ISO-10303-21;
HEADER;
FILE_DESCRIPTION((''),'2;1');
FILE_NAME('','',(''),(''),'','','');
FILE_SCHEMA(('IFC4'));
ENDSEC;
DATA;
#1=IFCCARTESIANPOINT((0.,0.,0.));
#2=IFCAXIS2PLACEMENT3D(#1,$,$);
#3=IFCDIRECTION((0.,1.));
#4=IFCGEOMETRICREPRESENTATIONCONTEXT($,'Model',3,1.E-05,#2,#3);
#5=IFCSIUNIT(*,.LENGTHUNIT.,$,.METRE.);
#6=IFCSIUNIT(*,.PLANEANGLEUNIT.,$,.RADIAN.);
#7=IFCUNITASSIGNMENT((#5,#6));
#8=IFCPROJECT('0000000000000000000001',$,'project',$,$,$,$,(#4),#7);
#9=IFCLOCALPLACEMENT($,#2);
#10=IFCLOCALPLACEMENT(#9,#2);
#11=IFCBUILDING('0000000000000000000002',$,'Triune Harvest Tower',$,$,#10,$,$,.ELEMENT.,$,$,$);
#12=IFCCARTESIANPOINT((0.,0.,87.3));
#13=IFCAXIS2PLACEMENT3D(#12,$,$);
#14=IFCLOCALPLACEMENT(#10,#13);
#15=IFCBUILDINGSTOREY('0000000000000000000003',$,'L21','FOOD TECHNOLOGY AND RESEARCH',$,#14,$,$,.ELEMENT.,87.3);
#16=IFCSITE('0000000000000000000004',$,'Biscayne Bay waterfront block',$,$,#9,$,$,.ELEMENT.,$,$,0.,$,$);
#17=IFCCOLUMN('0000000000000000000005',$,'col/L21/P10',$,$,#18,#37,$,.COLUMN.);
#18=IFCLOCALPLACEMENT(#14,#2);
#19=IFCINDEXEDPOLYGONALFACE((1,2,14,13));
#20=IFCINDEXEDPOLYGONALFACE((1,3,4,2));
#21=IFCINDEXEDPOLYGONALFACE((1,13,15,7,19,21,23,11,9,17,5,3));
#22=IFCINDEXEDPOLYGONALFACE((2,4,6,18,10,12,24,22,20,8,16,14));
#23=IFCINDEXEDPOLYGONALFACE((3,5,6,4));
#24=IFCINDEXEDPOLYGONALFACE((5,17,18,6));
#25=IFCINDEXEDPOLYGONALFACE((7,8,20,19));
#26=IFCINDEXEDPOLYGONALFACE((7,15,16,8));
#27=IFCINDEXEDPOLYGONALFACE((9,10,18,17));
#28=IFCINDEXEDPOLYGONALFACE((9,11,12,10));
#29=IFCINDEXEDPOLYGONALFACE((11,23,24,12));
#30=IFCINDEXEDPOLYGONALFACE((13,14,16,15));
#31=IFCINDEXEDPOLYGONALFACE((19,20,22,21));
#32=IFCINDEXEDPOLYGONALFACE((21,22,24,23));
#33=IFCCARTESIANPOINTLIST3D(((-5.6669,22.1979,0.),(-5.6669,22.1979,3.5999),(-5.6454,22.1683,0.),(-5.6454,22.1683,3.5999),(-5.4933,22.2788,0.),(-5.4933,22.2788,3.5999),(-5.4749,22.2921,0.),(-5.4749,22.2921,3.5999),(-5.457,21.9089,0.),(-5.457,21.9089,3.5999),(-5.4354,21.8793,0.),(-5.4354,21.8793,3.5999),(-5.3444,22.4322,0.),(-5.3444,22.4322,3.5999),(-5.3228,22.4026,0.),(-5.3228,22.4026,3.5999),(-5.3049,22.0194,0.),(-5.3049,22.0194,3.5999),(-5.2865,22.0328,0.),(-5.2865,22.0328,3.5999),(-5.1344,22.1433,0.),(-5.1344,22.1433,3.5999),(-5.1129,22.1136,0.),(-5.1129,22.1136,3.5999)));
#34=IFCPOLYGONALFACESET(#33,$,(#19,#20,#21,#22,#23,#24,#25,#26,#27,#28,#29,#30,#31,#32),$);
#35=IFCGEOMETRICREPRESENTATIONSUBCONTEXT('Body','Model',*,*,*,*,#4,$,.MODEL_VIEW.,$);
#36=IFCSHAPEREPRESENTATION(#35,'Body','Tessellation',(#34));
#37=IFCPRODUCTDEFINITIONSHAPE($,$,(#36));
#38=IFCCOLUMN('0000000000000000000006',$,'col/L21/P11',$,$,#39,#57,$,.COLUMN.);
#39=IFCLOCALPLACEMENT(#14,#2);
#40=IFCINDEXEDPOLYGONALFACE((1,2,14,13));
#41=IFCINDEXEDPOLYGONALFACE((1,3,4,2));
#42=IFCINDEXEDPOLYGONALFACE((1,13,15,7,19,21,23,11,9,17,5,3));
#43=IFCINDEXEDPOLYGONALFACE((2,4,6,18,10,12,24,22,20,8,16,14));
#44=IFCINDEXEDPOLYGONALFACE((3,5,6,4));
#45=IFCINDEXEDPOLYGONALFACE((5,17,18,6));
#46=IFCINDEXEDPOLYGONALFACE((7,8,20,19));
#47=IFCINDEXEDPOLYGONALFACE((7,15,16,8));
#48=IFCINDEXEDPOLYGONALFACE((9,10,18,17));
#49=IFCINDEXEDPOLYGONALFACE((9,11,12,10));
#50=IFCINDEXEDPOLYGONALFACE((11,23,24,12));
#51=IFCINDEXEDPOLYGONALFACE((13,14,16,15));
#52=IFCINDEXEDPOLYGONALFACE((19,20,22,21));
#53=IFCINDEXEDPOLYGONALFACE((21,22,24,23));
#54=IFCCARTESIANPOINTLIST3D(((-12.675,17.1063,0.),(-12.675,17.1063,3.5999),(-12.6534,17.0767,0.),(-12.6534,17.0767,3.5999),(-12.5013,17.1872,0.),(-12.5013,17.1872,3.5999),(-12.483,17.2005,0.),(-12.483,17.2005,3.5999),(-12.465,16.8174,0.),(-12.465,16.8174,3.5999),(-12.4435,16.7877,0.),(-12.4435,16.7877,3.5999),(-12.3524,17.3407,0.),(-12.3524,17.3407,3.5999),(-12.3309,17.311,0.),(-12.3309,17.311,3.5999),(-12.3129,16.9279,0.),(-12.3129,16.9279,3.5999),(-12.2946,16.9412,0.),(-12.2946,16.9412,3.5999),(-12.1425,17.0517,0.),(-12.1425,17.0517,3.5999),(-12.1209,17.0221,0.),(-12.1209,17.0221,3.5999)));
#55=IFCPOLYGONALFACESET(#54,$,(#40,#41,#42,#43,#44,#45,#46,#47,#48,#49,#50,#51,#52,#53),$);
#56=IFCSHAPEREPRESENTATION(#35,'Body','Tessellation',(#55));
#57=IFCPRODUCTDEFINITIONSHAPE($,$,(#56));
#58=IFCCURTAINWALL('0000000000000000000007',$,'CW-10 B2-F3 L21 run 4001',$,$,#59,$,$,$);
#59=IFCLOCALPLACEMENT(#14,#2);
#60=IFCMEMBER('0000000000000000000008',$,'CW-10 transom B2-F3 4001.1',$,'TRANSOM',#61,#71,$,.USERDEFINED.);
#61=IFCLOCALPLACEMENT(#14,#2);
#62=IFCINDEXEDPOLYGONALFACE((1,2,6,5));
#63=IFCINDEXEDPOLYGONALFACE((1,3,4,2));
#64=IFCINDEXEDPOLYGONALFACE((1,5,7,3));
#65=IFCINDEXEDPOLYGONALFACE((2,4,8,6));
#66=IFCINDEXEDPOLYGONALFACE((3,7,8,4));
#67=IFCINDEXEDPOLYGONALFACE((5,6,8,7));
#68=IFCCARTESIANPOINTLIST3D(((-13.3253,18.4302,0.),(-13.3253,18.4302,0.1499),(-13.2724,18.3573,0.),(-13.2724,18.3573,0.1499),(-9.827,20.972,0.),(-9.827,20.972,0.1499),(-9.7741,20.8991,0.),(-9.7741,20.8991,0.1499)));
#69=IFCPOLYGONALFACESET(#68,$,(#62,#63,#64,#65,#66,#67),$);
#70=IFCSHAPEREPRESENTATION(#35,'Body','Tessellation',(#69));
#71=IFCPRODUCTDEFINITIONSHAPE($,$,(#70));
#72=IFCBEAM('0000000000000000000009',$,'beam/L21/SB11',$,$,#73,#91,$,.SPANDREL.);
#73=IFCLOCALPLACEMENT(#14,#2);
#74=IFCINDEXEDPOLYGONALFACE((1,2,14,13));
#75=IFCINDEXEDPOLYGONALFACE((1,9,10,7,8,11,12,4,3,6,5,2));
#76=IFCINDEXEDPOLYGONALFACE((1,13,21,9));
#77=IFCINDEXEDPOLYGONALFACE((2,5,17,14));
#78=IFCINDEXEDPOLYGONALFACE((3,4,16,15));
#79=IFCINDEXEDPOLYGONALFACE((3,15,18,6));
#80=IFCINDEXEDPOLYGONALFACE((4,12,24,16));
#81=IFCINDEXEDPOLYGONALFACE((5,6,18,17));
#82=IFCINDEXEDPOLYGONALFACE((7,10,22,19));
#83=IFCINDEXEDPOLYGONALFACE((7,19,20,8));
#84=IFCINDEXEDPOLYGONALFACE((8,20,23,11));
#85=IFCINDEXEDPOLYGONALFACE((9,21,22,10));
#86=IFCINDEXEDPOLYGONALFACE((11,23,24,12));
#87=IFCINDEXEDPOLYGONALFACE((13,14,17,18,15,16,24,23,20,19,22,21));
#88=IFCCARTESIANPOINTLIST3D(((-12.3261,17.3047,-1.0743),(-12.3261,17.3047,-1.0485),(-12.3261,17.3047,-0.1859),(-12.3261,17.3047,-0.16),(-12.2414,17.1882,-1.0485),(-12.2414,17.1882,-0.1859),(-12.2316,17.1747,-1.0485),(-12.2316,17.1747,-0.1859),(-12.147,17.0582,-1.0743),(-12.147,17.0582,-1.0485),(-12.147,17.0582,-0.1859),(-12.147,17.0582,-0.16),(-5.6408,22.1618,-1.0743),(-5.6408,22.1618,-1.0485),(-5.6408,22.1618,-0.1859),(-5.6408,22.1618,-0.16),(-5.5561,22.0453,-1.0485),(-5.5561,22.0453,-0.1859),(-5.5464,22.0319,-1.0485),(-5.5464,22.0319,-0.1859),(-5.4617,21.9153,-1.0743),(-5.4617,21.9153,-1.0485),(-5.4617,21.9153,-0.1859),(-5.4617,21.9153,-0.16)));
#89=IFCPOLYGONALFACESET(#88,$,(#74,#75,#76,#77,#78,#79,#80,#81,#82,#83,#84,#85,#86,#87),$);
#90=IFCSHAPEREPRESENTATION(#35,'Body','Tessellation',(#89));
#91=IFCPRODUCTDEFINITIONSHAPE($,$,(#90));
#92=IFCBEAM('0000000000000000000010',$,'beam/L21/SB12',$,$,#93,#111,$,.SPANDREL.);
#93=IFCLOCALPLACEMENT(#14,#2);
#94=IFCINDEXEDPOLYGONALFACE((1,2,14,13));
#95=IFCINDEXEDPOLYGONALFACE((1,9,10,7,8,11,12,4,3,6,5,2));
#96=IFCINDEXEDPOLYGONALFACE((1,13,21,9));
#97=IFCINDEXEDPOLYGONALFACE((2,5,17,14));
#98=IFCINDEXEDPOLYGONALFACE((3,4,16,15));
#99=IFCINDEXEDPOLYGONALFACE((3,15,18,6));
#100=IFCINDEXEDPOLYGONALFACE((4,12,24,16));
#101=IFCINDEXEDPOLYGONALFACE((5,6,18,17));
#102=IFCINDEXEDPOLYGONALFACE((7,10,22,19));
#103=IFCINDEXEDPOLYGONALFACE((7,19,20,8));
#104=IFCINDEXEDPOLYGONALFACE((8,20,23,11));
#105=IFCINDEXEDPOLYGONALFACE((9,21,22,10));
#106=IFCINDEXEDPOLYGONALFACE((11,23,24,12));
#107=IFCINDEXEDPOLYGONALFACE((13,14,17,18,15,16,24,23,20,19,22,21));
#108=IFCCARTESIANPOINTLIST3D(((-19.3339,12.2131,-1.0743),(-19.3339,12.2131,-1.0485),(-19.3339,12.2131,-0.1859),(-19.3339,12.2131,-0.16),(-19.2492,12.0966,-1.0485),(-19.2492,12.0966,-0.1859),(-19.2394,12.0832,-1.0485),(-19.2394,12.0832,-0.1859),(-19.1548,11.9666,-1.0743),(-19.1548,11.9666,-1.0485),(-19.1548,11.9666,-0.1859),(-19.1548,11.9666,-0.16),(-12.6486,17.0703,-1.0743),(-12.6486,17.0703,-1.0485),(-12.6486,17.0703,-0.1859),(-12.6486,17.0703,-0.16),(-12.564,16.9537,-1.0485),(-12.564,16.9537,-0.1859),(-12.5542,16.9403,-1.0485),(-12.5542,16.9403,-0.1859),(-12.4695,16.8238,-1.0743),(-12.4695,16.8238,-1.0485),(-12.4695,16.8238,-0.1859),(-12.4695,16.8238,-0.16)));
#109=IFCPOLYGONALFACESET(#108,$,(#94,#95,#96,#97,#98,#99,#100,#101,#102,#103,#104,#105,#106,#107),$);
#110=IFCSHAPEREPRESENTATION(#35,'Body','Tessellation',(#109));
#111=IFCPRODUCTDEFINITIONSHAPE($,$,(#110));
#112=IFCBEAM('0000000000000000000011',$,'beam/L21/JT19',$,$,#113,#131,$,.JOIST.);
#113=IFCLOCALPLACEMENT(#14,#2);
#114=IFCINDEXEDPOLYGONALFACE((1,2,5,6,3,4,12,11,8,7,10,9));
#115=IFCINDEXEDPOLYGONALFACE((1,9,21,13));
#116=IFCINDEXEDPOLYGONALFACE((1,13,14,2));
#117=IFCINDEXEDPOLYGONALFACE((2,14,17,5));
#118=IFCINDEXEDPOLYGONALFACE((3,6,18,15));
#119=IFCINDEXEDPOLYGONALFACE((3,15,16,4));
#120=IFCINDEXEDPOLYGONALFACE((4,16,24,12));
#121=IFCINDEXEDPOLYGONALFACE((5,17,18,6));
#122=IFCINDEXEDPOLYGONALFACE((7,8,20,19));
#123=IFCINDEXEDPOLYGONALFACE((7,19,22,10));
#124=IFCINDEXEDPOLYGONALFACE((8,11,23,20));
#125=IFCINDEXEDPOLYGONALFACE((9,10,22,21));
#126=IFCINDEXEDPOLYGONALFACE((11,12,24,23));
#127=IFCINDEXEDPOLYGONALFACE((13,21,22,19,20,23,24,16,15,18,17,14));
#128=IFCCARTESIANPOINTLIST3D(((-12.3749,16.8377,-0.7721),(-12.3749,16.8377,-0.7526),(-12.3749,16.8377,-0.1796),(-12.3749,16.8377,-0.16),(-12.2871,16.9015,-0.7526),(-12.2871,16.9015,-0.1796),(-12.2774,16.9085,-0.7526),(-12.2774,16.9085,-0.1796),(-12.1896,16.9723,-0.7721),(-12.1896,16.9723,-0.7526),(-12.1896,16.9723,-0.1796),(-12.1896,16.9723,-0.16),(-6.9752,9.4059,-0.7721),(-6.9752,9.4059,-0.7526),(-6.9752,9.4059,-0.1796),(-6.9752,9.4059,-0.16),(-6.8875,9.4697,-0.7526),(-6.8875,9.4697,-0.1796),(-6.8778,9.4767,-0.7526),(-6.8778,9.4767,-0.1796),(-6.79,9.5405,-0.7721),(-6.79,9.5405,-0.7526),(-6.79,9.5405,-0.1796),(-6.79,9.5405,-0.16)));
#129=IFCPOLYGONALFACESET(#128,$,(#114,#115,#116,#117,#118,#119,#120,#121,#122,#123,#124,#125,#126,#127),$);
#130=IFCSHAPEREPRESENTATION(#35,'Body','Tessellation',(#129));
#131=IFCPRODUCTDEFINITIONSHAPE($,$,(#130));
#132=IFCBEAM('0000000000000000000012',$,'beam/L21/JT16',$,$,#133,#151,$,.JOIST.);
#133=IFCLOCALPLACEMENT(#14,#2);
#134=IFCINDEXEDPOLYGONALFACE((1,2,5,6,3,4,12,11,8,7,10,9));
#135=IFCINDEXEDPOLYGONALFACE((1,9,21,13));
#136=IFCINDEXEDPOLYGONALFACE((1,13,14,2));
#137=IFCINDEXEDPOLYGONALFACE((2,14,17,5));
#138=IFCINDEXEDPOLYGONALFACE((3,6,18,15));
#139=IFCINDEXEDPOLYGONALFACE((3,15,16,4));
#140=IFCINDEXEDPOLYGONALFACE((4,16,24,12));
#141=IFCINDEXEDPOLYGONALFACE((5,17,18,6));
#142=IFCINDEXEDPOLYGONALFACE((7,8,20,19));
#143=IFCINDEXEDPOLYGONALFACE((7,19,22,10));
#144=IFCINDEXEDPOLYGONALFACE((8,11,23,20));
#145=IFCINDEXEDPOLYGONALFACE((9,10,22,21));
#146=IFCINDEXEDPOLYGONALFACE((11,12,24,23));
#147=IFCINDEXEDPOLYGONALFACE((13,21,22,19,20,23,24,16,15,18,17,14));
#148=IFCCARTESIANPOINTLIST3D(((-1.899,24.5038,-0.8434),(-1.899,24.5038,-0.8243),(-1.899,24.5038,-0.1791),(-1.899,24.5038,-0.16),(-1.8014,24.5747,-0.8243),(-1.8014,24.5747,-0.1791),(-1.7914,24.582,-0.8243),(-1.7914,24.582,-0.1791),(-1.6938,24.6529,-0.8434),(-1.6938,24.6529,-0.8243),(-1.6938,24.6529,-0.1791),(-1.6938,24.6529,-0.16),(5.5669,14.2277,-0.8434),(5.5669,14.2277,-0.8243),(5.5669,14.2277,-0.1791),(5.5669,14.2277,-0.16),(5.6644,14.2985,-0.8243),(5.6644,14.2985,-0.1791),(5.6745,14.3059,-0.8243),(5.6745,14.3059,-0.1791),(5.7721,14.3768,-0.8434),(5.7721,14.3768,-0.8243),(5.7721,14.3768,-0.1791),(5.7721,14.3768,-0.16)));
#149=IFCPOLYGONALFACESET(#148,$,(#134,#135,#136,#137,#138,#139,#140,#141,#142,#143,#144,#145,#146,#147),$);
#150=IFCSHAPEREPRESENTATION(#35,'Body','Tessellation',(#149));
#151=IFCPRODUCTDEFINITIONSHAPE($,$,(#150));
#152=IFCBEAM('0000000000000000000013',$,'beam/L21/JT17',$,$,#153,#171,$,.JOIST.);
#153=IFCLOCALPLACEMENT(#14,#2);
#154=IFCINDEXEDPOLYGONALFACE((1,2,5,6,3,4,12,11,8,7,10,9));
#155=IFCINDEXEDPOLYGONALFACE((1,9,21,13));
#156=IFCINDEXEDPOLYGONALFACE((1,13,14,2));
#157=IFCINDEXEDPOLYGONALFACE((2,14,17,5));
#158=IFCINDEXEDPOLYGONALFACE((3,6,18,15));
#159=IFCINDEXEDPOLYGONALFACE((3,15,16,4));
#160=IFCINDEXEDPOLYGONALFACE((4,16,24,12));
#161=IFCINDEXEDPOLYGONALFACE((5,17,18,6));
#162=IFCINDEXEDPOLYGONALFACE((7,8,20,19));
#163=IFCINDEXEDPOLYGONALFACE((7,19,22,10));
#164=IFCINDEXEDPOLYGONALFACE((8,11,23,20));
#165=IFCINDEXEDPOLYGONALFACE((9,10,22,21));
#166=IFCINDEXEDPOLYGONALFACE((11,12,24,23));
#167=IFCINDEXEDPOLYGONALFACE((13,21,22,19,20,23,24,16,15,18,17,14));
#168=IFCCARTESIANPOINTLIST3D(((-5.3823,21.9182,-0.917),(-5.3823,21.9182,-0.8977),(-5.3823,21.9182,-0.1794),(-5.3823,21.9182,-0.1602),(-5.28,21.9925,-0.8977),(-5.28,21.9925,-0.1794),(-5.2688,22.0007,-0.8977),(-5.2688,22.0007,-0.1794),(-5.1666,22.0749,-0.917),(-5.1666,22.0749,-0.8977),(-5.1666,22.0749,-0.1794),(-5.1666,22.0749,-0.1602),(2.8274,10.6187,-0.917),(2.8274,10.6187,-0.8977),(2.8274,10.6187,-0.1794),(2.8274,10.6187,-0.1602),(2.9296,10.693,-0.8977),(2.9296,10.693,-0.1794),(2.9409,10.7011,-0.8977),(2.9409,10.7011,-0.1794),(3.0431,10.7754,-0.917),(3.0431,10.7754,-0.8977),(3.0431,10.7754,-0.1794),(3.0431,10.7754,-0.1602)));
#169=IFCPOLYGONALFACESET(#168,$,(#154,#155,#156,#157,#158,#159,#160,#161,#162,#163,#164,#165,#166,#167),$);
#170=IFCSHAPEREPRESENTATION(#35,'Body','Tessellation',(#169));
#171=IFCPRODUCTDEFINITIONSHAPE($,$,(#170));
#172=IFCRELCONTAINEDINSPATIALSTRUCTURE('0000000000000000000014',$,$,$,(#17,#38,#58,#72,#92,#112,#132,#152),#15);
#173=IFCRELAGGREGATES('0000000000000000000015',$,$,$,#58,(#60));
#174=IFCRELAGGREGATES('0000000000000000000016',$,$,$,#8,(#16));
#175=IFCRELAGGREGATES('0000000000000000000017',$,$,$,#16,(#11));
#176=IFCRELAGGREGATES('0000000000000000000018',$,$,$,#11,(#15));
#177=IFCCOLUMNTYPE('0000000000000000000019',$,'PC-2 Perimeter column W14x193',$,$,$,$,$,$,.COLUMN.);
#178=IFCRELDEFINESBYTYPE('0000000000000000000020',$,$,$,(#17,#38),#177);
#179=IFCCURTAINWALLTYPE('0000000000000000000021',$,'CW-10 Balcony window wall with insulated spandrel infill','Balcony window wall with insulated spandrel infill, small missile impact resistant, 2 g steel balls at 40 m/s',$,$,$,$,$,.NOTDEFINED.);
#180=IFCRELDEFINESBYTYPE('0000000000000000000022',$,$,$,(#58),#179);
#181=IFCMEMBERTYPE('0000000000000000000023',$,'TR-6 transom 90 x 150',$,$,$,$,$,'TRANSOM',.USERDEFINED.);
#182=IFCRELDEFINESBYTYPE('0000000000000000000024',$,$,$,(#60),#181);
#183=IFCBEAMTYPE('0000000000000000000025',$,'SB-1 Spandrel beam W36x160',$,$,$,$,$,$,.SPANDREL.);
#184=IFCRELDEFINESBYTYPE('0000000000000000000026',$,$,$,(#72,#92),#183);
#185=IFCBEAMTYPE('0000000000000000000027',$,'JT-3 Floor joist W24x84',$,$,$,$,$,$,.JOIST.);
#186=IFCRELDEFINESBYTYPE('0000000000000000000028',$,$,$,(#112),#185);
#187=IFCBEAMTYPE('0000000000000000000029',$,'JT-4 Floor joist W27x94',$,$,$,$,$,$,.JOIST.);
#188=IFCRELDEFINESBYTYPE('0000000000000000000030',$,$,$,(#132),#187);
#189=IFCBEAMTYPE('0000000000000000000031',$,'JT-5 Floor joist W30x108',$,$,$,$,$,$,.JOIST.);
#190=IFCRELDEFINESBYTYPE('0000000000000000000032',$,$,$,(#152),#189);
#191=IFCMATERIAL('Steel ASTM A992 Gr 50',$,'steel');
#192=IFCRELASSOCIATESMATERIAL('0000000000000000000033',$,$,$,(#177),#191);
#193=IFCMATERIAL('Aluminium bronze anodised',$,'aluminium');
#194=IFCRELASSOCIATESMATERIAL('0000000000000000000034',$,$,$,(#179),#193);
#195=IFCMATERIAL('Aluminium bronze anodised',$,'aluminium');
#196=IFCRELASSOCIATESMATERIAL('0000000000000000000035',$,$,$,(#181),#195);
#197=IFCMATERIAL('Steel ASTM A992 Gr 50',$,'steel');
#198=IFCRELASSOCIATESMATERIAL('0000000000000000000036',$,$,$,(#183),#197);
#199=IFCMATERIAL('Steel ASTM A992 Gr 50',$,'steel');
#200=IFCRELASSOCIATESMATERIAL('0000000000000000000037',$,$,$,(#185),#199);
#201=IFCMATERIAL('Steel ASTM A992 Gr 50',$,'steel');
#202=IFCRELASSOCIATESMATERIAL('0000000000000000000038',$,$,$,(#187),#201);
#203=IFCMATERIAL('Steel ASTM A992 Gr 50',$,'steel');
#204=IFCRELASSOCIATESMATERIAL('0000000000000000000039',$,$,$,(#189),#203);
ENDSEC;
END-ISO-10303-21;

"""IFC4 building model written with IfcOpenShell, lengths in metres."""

from ifc_helpers import new_model, si_unit, direction, frame, origin, origin_2d, place, context, subcontext, project, spatial, rectangle, i_section, extrude, source, transform, mapped, material, material_profile, profile_set, type_object, element, aggregate, save


model = new_model("IFC4")

# Units and contexts
model_context = context("Model", 3, precision=1e-05, world=origin(), true_north=direction((0.0, 1.0)))
body_context = subcontext(model_context, "Body", "Model", "MODEL_VIEW")
ifc_project = project(units=[si_unit("LENGTHUNIT", "METRE"), si_unit("PLANEANGLEUNIT", "RADIAN")], contexts=[model_context])

# Site, building, storey
site_placement = place(None, origin())
site = spatial("IfcSite", under=ifc_project, at=site_placement, Name="Biscayne Bay waterfront block", CompositionType="ELEMENT", RefElevation=0.0)
building_placement = place(site_placement, origin())
building = spatial("IfcBuilding", under=site, at=building_placement, Name="Triune Harvest Tower", CompositionType="ELEMENT")
storey_placement = place(building_placement, frame((0.0, 0.0, 87.3)))
storey = spatial("IfcBuildingStorey", under=building, at=storey_placement, Name="L21", Description="FOOD TECHNOLOGY AND RESEARCH", CompositionType="ELEMENT", Elevation=87.3)

# Columns
ifc_material_1 = material(Name="Steel ASTM A992 Gr 50", Category="steel")
ifc_material_profile_1 = material_profile(ifc_material_1, i_section(OverallWidth=0.3987, OverallDepth=0.3938, WebThickness=0.0227, FlangeThickness=0.0366, at=origin_2d()), Name="W14x193")
ifc_profile_set_1 = profile_set([ifc_material_profile_1], Name="Steel ASTM A992 Gr 50")
column_type = type_object("IfcColumnType", Name="PC-2 Perimeter column W14x193", PredefinedType="COLUMN", material=ifc_profile_set_1)
shared_shape_1 = source(origin(), body_context, "Body", "SweptSolid", [
    extrude(i_section(OverallWidth=0.3987, OverallDepth=0.3938, WebThickness=0.0227, FlangeThickness=0.0366, at=origin_2d()), origin(), (0.0, 0.0, 1.0), 3.5999),
])
for number, where, z_axis, x_axis, name in (
    (1, (-5.3899, 22.1558, 0.0), (0.0, 0.0, 1.0), (-0.809017, -0.587785, 0.0), "col/L21/P10"),
    (2, (-12.3979, 17.0642, 0.0), (0.0, 0.0, 1.0), (-0.809017, -0.587785, 0.0), "col/L21/P11"),
):
    element("IfcColumn", number, at=place(storey_placement, frame(where, z_axis=z_axis, x_axis=x_axis)), inside=storey, type_object=column_type, Name=name, PredefinedType="COLUMN", context=body_context, shape_type="MappedRepresentation", body=[
        mapped(shared_shape_1, transform((0.0, 0.0, 0.0), scale=1.0)),
    ])

# Curtain wall, member
ifc_material_2 = material(Name="Aluminium bronze anodised", Category="aluminium")
curtain_wall_type_1 = type_object("IfcCurtainWallType", Name="CW-10 Balcony window wall with insulated spandrel infill", Description="Balcony window wall with insulated spandrel infill, small missile impact resistant, 2 g steel balls at 40 m/s", PredefinedType="NOTDEFINED", material=ifc_material_2)
curtain_wall_1_placement = place(storey_placement, origin())
curtain_wall_1 = element("IfcCurtainWall", 3, at=curtain_wall_1_placement, inside=storey, type_object=curtain_wall_type_1, Name="CW-10 B2-F3 L21 run 4001")
ifc_material_3 = material(Name="Aluminium bronze anodised", Category="aluminium")
ifc_material_profile_2 = material_profile(ifc_material_3, rectangle(XDim=0.0901, YDim=0.1499, at=origin_2d()), Name="TR-6 transom 90 x 150")
ifc_profile_set_2 = profile_set([ifc_material_profile_2], Name="Aluminium bronze anodised")
member_type_1 = type_object("IfcMemberType", Name="TR-6 transom 90 x 150", ElementType="TRANSOM", PredefinedType="USERDEFINED", material=ifc_profile_set_2)
member_1_placement = place(storey_placement, frame((-9.8005, 20.9355, 0.075), z_axis=(-0.809007, -0.587799, 0.0), x_axis=(0.587799, -0.809007, 0.0)))
member_1 = element("IfcMember", 4, at=member_1_placement, type_object=member_type_1, Name="CW-10 transom B2-F3 4001.1", ObjectType="TRANSOM", PredefinedType="USERDEFINED", context=body_context, shape_type="SweptSolid", body=[
    extrude(rectangle(XDim=0.0901, YDim=0.1499, at=origin_2d()), origin(), (0.0, 0.0, 1.0), 4.3242),
])

# Beams
ifc_material_4 = material(Name="Steel ASTM A992 Gr 50", Category="steel")
ifc_material_profile_3 = material_profile(ifc_material_4, i_section(OverallWidth=0.3047, OverallDepth=0.9143, WebThickness=0.0166, FlangeThickness=0.0259, at=origin_2d()), Name="W36x160")
ifc_profile_set_3 = profile_set([ifc_material_profile_3], Name="Steel ASTM A992 Gr 50")
beam_type_1 = type_object("IfcBeamType", Name="SB-1 Spandrel beam W36x160", PredefinedType="SPANDREL", material=ifc_profile_set_3)
shared_shape_2 = source(origin(), body_context, "Body", "SweptSolid", [
    extrude(i_section(OverallWidth=0.3047, OverallDepth=0.9143, WebThickness=0.0166, FlangeThickness=0.0259, at=origin_2d()), origin(), (0.0, 0.0, 1.0), 8.2634),
])
for number, where, z_axis, x_axis, name in (
    (5, (-5.5513, 22.0386, -0.6172), (-0.809016, -0.587787, 0.0), (0.587787, -0.809016, 0.0), "beam/L21/SB11"),
    (6, (-12.5591, 16.947, -0.6172), (-0.809016, -0.587787, 0.0), (0.587787, -0.809016, 0.0), "beam/L21/SB12"),
):
    element("IfcBeam", number, at=place(storey_placement, frame(where, z_axis=z_axis, x_axis=x_axis)), inside=storey, type_object=beam_type_1, Name=name, PredefinedType="SPANDREL", context=body_context, shape_type="MappedRepresentation", body=[
        mapped(shared_shape_2, transform((0.0, 0.0, 0.0), scale=1.0)),
    ])
ifc_material_5 = material(Name="Steel ASTM A992 Gr 50", Category="steel")
ifc_material_profile_4 = material_profile(ifc_material_5, i_section(OverallWidth=0.229, OverallDepth=0.6121, WebThickness=0.012, FlangeThickness=0.0195, at=origin_2d()), Name="W24x84")
ifc_profile_set_4 = profile_set([ifc_material_profile_4], Name="Steel ASTM A992 Gr 50")
beam_type_2 = type_object("IfcBeamType", Name="JT-3 Floor joist W24x84", PredefinedType="JOIST", material=ifc_profile_set_4)
shared_shape_3 = source(origin(), body_context, "Body", "SweptSolid", [
    extrude(i_section(OverallWidth=0.229, OverallDepth=0.6121, WebThickness=0.012, FlangeThickness=0.0195, at=origin_2d()), origin(), (0.0, 0.0, 1.0), 9.1863),
])
beam_1_placement = place(storey_placement, frame((-12.2822, 16.905, -0.4661), z_axis=(0.587791, -0.809013, 0.0), x_axis=(0.809013, 0.587791, 0.0)))
element("IfcBeam", 7, at=beam_1_placement, inside=storey, type_object=beam_type_2, Name="beam/L21/JT19", PredefinedType="JOIST", context=body_context, shape_type="MappedRepresentation", body=[
    mapped(shared_shape_3, transform((0.0, 0.0, 0.0), scale=1.0)),
])
ifc_material_6 = material(Name="Steel ASTM A992 Gr 50", Category="steel")
ifc_material_profile_5 = material_profile(ifc_material_6, i_section(OverallWidth=0.2537, OverallDepth=0.6833, WebThickness=0.0125, FlangeThickness=0.019, at=origin_2d()), Name="W27x94")
ifc_profile_set_5 = profile_set([ifc_material_profile_5], Name="Steel ASTM A992 Gr 50")
beam_type_3 = type_object("IfcBeamType", Name="JT-4 Floor joist W27x94", PredefinedType="JOIST", material=ifc_profile_set_5)
shared_shape_4 = source(origin(), body_context, "Body", "SweptSolid", [
    extrude(i_section(OverallWidth=0.2537, OverallDepth=0.6833, WebThickness=0.0125, FlangeThickness=0.019, at=origin_2d()), origin(), (0.0, 0.0, 1.0), 12.7019),
])
beam_2_placement = place(storey_placement, frame((-1.7964, 24.5784, -0.5017), z_axis=(0.587774, -0.809025, 0.0), x_axis=(0.809025, 0.587774, 0.0)))
element("IfcBeam", 8, at=beam_2_placement, inside=storey, type_object=beam_type_3, Name="beam/L21/JT16", PredefinedType="JOIST", context=body_context, shape_type="MappedRepresentation", body=[
    mapped(shared_shape_4, transform((0.0, 0.0, 0.0), scale=1.0)),
])
ifc_material_7 = material(Name="Steel ASTM A992 Gr 50", Category="steel")
ifc_material_profile_6 = material_profile(ifc_material_7, i_section(OverallWidth=0.2666, OverallDepth=0.7568, WebThickness=0.0139, FlangeThickness=0.0193, at=origin_2d()), Name="W30x108")
ifc_profile_set_6 = profile_set([ifc_material_profile_6], Name="Steel ASTM A992 Gr 50")
beam_type_4 = type_object("IfcBeamType", Name="JT-5 Floor joist W30x108", PredefinedType="JOIST", material=ifc_profile_set_6)
shared_shape_5 = source(origin(), body_context, "Body", "SweptSolid", [
    extrude(i_section(OverallWidth=0.2666, OverallDepth=0.7568, WebThickness=0.0139, FlangeThickness=0.0193, at=origin_2d()), origin(), (0.0, 0.0, 1.0), 13.967),
])
beam_3_placement = place(storey_placement, frame((-5.2744, 21.9966, -0.5386), z_axis=(0.58779, -0.809013, 0.0), x_axis=(0.809013, 0.58779, 0.0)))
element("IfcBeam", 9, at=beam_3_placement, inside=storey, type_object=beam_type_4, Name="beam/L21/JT17", PredefinedType="JOIST", context=body_context, shape_type="MappedRepresentation", body=[
    mapped(shared_shape_5, transform((0.0, 0.0, 0.0), scale=1.0)),
])

aggregate(curtain_wall_1, [member_1])

save(model, "model.ifc")
